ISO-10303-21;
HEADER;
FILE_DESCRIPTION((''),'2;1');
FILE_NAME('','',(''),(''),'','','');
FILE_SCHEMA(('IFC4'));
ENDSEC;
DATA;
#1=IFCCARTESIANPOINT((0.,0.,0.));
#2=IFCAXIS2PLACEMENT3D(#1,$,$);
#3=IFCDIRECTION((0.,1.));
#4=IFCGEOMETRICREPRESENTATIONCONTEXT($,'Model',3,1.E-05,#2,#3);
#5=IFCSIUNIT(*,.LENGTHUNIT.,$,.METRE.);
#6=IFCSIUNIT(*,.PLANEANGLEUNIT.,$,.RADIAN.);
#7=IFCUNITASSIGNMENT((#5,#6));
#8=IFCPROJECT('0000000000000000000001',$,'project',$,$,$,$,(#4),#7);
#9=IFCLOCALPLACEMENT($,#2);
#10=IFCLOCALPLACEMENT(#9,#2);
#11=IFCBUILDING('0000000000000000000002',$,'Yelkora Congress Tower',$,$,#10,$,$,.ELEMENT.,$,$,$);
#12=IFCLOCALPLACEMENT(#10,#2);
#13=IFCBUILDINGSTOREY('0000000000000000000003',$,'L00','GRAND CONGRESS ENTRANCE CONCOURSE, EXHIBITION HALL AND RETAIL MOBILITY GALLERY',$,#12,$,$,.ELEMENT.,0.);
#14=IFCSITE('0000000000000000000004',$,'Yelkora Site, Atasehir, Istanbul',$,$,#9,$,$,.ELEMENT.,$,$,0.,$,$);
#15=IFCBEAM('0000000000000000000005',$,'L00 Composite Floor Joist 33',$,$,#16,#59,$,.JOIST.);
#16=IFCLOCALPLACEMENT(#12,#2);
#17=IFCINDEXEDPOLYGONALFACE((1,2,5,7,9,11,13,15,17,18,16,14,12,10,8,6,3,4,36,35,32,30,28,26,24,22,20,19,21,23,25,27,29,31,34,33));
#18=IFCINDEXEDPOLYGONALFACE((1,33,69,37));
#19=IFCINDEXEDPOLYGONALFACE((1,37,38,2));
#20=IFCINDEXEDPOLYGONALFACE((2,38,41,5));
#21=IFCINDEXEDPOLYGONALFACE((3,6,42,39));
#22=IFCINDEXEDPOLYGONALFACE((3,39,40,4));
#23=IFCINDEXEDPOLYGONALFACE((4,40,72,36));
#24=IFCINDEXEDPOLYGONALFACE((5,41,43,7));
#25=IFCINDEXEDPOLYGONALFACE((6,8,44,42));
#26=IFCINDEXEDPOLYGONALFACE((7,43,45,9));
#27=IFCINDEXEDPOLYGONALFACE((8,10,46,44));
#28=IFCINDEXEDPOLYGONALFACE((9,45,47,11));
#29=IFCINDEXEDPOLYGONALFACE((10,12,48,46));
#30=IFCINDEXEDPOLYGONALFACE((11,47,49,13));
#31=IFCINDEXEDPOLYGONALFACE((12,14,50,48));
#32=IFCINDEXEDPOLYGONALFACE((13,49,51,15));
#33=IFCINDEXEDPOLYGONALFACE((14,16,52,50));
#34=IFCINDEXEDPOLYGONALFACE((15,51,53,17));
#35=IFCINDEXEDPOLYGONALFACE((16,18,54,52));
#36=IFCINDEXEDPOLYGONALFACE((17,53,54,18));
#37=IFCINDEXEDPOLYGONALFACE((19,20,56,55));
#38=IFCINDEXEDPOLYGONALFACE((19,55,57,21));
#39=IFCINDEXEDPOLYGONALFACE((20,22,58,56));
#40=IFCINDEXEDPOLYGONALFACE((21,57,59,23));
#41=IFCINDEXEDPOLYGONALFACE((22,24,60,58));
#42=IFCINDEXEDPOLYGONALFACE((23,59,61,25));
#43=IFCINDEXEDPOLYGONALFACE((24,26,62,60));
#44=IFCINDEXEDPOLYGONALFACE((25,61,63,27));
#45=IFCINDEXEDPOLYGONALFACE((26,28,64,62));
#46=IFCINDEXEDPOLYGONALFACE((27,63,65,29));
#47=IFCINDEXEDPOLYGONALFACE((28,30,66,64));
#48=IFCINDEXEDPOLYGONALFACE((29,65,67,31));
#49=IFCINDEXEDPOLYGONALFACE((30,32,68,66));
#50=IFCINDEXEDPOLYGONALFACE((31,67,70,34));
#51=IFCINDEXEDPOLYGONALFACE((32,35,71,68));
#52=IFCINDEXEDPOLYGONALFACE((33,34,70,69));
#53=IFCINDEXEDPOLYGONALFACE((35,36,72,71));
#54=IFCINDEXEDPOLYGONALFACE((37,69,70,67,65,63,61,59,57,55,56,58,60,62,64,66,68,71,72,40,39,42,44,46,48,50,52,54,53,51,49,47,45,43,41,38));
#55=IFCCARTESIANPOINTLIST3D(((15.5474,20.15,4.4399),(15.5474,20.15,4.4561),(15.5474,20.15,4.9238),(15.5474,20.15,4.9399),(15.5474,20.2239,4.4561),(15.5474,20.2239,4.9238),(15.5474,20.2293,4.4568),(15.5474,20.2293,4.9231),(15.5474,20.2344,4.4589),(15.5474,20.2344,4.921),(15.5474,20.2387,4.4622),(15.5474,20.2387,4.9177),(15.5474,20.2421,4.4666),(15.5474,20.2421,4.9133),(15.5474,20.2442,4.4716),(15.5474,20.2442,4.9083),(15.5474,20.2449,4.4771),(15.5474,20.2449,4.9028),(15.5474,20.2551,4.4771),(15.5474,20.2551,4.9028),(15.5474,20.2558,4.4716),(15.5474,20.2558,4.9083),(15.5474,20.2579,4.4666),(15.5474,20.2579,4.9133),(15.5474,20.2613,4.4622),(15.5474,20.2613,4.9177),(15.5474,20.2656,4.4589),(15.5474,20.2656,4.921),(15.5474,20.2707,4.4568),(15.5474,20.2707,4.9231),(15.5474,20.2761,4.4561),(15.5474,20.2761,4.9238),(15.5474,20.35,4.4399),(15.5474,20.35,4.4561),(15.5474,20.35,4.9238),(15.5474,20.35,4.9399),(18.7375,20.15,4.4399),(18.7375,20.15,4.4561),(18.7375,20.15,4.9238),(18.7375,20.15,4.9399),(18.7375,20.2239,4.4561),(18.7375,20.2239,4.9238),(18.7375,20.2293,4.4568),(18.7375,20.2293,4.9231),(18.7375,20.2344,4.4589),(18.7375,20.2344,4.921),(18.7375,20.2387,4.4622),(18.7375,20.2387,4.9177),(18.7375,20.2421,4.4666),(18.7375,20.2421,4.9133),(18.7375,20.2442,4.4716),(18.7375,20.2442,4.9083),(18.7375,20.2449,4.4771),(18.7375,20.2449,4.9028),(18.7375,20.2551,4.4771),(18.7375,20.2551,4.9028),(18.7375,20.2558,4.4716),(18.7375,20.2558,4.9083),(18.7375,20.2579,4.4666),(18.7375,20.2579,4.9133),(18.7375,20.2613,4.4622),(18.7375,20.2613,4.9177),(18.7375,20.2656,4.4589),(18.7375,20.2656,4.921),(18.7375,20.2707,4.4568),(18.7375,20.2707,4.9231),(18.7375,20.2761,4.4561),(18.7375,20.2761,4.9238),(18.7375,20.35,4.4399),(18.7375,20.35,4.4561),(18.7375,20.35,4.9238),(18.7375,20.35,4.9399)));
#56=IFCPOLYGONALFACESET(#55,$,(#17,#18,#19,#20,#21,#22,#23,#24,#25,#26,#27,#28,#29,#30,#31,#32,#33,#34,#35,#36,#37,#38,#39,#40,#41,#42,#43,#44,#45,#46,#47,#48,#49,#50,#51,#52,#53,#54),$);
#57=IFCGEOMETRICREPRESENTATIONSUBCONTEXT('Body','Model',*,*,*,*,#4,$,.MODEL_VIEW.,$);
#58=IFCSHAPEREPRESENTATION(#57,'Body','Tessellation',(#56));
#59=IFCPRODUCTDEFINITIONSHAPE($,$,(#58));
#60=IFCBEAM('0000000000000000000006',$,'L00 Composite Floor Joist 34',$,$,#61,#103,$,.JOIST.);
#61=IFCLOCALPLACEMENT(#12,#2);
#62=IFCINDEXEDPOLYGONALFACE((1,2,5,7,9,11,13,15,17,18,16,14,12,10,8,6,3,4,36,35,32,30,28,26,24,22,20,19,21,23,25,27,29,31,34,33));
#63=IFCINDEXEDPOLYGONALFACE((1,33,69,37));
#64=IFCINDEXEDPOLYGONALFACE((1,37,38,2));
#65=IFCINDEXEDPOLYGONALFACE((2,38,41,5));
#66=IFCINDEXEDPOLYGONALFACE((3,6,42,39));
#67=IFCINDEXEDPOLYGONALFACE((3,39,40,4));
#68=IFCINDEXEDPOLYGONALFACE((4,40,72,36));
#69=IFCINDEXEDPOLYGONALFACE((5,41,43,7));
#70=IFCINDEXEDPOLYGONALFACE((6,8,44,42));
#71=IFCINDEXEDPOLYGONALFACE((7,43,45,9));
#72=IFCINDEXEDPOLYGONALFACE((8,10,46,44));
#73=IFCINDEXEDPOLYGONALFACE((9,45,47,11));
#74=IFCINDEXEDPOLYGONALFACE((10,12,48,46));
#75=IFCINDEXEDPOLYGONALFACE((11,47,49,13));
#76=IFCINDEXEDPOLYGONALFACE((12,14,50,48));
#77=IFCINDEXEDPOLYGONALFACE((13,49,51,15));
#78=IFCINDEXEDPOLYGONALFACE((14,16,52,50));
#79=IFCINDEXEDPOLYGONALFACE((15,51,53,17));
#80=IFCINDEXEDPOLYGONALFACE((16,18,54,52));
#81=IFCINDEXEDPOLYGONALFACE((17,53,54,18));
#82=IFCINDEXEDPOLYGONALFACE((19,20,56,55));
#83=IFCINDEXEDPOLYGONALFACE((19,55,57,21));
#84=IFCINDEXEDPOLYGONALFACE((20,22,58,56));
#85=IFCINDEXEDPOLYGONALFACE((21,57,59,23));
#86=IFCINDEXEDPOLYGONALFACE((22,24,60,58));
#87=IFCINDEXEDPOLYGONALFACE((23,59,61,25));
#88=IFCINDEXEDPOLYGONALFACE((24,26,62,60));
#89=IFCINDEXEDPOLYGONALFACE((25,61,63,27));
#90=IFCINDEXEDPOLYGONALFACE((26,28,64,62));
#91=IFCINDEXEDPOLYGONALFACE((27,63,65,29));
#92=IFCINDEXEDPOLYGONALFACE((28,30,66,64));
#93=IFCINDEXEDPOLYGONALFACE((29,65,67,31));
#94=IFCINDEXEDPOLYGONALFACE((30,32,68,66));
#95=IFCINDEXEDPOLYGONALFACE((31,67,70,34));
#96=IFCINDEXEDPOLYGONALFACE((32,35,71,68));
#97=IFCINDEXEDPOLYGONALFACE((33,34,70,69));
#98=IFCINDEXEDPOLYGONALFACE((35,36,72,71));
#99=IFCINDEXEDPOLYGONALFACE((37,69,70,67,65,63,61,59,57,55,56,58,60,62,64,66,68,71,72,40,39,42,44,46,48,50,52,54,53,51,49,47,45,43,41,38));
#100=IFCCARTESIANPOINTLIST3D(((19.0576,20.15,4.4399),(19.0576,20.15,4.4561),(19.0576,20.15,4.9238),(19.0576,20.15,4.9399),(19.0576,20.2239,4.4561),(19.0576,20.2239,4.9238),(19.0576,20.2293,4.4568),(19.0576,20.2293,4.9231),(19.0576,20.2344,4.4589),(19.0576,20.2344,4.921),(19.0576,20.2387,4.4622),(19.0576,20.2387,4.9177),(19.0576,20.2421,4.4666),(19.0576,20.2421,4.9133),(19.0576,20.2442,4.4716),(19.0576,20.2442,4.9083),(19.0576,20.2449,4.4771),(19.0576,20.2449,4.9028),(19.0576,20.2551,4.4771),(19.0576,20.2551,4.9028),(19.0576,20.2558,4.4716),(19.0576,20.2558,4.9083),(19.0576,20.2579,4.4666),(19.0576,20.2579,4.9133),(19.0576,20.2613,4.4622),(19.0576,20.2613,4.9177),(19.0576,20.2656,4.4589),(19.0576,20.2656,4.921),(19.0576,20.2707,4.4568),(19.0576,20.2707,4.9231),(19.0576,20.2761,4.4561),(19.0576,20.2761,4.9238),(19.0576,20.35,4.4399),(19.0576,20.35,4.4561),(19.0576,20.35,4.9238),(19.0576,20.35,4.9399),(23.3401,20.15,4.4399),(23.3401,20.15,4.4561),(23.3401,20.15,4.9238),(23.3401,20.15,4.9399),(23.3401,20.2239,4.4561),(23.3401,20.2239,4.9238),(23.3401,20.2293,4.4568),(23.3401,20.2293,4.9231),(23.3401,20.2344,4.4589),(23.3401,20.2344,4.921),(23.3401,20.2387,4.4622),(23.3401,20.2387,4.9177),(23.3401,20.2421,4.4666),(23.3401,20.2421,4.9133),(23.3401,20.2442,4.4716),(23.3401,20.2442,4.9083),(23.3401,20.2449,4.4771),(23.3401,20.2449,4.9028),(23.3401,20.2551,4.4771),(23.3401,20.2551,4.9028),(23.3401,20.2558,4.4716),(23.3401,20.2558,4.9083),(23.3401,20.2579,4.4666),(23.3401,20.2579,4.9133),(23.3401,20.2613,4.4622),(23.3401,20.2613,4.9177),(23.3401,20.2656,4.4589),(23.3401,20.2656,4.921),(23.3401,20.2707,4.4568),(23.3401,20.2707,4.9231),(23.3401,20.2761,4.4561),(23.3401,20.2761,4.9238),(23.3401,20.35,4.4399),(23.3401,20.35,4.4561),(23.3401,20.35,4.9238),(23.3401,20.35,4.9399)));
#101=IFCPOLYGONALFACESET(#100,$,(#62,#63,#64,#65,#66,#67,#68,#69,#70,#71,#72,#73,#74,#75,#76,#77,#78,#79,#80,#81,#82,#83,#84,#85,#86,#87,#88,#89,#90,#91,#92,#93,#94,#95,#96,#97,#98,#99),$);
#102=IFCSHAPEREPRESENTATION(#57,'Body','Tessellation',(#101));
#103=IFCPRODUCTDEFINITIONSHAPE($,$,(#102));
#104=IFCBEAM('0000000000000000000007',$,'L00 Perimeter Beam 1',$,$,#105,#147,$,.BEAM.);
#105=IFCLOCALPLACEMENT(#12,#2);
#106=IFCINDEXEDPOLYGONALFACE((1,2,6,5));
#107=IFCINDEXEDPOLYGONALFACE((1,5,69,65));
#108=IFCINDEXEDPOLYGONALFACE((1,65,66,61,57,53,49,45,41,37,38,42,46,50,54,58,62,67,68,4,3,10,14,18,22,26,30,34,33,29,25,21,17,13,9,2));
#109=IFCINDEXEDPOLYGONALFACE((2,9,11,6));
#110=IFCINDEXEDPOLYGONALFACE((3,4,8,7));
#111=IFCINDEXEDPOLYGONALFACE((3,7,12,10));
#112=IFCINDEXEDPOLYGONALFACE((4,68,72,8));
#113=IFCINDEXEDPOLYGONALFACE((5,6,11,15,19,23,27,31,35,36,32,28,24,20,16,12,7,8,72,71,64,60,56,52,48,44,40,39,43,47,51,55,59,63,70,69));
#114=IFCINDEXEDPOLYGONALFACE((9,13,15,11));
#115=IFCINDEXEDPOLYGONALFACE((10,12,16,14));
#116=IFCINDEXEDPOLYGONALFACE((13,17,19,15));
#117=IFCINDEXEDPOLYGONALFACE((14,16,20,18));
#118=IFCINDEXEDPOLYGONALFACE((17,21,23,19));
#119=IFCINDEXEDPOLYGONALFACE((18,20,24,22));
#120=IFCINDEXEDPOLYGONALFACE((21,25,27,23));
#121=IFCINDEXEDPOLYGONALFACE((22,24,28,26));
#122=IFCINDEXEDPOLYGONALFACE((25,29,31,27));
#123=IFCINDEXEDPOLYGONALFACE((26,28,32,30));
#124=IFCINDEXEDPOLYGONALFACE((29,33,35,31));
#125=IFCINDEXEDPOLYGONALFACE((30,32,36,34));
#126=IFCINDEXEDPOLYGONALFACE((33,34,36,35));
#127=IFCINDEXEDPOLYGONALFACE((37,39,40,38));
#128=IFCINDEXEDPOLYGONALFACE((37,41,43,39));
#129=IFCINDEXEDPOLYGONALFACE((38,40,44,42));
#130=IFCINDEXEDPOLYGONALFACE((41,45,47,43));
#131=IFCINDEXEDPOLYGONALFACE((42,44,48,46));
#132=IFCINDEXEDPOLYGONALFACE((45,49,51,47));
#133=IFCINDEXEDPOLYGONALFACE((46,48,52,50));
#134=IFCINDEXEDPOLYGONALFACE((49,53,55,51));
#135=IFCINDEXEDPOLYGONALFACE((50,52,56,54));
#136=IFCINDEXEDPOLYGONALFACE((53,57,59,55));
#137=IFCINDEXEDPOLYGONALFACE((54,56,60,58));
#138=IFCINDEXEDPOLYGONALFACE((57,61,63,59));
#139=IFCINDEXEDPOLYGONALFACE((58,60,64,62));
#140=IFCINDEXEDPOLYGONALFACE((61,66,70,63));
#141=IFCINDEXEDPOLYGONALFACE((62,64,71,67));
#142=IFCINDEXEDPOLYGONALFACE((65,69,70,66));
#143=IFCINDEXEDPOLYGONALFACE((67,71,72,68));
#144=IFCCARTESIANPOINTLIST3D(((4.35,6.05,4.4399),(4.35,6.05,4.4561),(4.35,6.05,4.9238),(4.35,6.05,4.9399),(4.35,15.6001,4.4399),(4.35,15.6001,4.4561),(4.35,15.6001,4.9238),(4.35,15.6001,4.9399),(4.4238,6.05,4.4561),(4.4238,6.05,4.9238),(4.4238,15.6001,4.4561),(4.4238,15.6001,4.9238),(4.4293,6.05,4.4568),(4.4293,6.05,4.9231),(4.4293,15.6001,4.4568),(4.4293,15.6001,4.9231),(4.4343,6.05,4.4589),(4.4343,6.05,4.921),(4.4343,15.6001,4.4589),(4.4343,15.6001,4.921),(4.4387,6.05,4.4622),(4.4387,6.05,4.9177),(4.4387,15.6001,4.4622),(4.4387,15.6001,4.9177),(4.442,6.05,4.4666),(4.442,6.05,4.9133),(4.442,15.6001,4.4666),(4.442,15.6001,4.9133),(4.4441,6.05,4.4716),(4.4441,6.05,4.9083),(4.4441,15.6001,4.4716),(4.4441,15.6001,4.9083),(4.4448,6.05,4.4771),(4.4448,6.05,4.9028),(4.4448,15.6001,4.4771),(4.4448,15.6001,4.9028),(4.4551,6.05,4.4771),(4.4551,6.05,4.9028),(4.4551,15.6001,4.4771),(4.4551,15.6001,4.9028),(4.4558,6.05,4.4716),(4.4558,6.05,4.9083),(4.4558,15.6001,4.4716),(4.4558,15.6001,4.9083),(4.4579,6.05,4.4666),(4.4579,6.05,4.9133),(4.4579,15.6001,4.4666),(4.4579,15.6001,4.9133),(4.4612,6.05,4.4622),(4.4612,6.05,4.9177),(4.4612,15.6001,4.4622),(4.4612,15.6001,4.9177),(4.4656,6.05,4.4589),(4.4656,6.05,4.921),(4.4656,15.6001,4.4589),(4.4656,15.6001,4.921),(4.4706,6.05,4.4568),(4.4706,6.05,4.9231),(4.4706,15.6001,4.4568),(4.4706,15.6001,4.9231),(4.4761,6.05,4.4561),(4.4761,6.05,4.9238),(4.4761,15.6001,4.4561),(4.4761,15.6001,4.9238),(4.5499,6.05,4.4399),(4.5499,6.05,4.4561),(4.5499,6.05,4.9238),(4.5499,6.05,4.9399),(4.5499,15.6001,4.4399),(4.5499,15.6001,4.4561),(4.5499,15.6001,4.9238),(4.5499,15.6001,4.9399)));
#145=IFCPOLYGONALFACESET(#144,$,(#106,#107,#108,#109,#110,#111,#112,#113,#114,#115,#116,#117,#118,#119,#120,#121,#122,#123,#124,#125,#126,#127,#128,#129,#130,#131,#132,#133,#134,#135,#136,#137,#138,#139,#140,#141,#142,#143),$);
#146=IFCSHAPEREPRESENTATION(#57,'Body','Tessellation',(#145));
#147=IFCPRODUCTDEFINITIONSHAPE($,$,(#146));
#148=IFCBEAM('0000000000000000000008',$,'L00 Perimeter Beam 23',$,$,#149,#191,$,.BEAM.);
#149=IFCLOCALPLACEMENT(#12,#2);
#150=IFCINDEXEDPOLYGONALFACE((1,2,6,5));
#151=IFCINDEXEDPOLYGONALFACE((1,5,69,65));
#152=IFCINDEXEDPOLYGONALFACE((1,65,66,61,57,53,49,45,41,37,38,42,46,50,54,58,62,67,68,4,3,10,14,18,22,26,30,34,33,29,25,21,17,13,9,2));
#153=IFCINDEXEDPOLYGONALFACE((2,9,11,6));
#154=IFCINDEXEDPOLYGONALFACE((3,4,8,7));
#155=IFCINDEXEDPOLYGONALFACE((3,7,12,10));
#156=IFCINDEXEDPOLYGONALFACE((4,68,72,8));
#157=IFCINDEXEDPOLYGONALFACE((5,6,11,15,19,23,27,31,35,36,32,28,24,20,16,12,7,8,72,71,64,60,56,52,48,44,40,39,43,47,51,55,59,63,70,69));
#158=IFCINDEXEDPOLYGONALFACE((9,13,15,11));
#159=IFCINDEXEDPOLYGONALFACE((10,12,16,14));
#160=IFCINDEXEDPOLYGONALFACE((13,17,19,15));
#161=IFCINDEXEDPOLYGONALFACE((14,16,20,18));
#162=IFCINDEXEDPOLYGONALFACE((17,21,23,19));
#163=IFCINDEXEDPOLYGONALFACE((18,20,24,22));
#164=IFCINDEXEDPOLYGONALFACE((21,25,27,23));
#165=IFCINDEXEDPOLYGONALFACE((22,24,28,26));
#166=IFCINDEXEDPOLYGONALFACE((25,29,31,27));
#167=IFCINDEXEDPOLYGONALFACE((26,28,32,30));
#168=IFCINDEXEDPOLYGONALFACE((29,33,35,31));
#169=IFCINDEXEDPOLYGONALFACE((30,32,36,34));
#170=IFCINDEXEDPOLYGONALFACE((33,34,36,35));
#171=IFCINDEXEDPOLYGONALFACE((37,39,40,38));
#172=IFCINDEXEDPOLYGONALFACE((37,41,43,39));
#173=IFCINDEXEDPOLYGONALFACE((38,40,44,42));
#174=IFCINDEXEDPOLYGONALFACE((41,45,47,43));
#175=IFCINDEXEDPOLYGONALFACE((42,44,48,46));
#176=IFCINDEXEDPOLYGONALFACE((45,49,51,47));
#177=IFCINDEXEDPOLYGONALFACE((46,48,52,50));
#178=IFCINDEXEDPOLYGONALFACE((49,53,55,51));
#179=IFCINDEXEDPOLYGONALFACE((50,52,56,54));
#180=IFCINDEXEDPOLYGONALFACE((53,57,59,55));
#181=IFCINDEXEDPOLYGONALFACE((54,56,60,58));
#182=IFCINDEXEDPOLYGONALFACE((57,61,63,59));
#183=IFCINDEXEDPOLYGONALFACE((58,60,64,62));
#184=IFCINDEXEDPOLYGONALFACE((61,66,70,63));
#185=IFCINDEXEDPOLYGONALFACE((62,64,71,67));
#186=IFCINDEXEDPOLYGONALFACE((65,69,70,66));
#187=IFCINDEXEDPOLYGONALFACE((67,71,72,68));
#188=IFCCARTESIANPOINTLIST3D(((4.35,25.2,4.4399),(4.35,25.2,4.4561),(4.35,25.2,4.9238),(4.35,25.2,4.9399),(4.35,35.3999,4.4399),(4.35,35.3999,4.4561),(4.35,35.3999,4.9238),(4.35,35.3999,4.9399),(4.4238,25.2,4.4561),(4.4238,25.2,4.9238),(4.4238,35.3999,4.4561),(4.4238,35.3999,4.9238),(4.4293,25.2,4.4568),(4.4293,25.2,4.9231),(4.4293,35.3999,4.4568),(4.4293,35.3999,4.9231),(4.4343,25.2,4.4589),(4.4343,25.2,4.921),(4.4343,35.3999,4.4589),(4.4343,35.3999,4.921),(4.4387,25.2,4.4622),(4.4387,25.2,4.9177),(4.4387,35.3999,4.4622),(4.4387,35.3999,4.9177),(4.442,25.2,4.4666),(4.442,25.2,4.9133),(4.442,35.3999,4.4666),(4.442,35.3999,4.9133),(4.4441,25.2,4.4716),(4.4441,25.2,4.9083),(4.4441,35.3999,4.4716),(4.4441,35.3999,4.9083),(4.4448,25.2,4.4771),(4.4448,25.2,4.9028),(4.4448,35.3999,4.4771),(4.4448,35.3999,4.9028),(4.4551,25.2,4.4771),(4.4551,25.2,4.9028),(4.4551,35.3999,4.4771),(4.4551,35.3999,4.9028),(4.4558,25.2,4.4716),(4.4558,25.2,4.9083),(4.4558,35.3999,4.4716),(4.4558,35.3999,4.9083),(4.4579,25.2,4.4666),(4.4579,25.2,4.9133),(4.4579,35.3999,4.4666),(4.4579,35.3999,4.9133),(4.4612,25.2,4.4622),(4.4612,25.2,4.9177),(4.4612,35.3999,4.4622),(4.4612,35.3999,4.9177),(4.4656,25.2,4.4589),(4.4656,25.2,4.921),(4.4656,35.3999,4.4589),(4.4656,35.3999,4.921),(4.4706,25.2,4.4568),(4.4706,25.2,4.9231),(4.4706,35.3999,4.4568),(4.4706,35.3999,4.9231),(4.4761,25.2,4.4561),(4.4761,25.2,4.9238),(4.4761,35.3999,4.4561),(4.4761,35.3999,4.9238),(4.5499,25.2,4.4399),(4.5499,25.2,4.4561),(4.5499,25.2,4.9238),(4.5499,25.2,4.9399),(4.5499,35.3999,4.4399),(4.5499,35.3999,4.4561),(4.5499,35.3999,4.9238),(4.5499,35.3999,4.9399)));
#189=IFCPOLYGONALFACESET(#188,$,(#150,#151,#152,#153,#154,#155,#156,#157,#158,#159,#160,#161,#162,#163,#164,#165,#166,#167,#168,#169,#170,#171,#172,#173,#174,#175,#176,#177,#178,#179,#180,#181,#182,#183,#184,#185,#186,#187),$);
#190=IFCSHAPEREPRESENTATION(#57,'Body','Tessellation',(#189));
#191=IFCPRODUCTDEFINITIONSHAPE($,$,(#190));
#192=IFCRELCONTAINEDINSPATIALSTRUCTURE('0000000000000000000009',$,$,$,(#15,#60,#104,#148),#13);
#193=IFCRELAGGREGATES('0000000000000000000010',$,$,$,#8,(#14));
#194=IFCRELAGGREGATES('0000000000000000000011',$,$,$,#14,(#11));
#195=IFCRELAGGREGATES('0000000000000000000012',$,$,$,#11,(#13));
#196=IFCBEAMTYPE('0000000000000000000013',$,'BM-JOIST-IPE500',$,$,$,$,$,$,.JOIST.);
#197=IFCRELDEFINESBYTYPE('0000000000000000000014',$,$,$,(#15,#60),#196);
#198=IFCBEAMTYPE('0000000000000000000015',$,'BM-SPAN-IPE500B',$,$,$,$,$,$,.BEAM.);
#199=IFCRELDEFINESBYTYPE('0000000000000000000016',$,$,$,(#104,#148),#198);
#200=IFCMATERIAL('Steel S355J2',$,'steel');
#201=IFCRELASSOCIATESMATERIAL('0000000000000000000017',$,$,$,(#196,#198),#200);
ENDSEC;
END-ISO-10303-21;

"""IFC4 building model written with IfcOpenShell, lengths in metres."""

from ifc_helpers import new_model, si_unit, direction, frame, origin, origin_2d, place, context, subcontext, project, spatial, i_section, extrude, material, material_profile, profile_set, type_object, element, save


model = new_model("IFC4")

# Units and contexts
model_context = context("Model", 3, precision=1e-05, world=origin(), true_north=direction((0.0, 1.0)))
body_context = subcontext(model_context, "Body", "Model", "MODEL_VIEW")
ifc_project = project(units=[si_unit("LENGTHUNIT", "METRE"), si_unit("PLANEANGLEUNIT", "RADIAN")], contexts=[model_context])

# Site, building, storey
site_placement = place(None, origin())
site = spatial("IfcSite", under=ifc_project, at=site_placement, Name="Yelkora Site, Atasehir, Istanbul", CompositionType="ELEMENT", RefElevation=0.0)
building_placement = place(site_placement, origin())
building = spatial("IfcBuilding", under=site, at=building_placement, Name="Yelkora Congress Tower", CompositionType="ELEMENT")
storey_placement = place(building_placement, origin())
storey = spatial("IfcBuildingStorey", under=building, at=storey_placement, Name="L00", Description="GRAND CONGRESS ENTRANCE CONCOURSE, EXHIBITION HALL AND RETAIL MOBILITY GALLERY", CompositionType="ELEMENT", Elevation=0.0)

# Beams
ifc_material_1 = material(Name="Steel S355J2", Category="steel")
ifc_material_profile_1 = material_profile(ifc_material_1, i_section(OverallWidth=0.2, OverallDepth=0.5, WebThickness=0.0103, FlangeThickness=0.0161, FilletRadius=0.021, at=origin_2d()), Name="IPE 500")
ifc_profile_set_1 = profile_set([ifc_material_profile_1], Name="Steel S355J2")
beam_type_1 = type_object("IfcBeamType", Name="BM-JOIST-IPE500", PredefinedType="JOIST", material=ifc_profile_set_1)
beam_1_placement = place(storey_placement, frame((15.5474, 20.25, 4.6899), z_axis=(1.0, 0.0, 0.0), x_axis=(0.0, 1.0, 0.0)))
element("IfcBeam", 1, at=beam_1_placement, inside=storey, type_object=beam_type_1, Name="L00 Composite Floor Joist 33", PredefinedType="JOIST", context=body_context, shape_type="SweptSolid", body=[
    extrude(i_section(OverallWidth=0.2, OverallDepth=0.5, WebThickness=0.0103, FlangeThickness=0.0161, FilletRadius=0.021, at=origin_2d()), origin(), (0.0, 0.0, 1.0), 3.1902),
])
beam_2_placement = place(storey_placement, frame((19.0576, 20.25, 4.6899), z_axis=(1.0, 0.0, 0.0), x_axis=(0.0, 1.0, 0.0)))
element("IfcBeam", 2, at=beam_2_placement, inside=storey, type_object=beam_type_1, Name="L00 Composite Floor Joist 34", PredefinedType="JOIST", context=body_context, shape_type="SweptSolid", body=[
    extrude(i_section(OverallWidth=0.2, OverallDepth=0.5, WebThickness=0.0103, FlangeThickness=0.0161, FilletRadius=0.021, at=origin_2d()), origin(), (0.0, 0.0, 1.0), 4.2825),
])
ifc_material_profile_2 = material_profile(ifc_material_1, i_section(OverallWidth=0.2, OverallDepth=0.5, WebThickness=0.0103, FlangeThickness=0.0161, FilletRadius=0.021, at=origin_2d()), Name="IPE 500")
ifc_profile_set_2 = profile_set([ifc_material_profile_2], Name="Steel S355J2")
beam_type_2 = type_object("IfcBeamType", Name="BM-SPAN-IPE500B", PredefinedType="BEAM", material=ifc_profile_set_2)
beam_3_placement = place(storey_placement, frame((4.45, 15.6001, 4.6899), z_axis=(0.0, -1.0, 0.0), x_axis=(1.0, 0.0, 0.0)))
element("IfcBeam", 3, at=beam_3_placement, inside=storey, type_object=beam_type_2, Name="L00 Perimeter Beam 1", PredefinedType="BEAM", context=body_context, shape_type="SweptSolid", body=[
    extrude(i_section(OverallWidth=0.2, OverallDepth=0.5, WebThickness=0.0103, FlangeThickness=0.0161, FilletRadius=0.021, at=origin_2d()), origin(), (0.0, 0.0, 1.0), 9.55),
])
beam_4_placement = place(storey_placement, frame((4.45, 35.3999, 4.6899), z_axis=(0.0, -1.0, 0.0), x_axis=(1.0, 0.0, 0.0)))
element("IfcBeam", 4, at=beam_4_placement, inside=storey, type_object=beam_type_2, Name="L00 Perimeter Beam 23", PredefinedType="BEAM", context=body_context, shape_type="SweptSolid", body=[
    extrude(i_section(OverallWidth=0.2, OverallDepth=0.5, WebThickness=0.0103, FlangeThickness=0.0161, FilletRadius=0.021, at=origin_2d()), origin(), (0.0, 0.0, 1.0), 10.2),
])

save(model, "model.ifc")
